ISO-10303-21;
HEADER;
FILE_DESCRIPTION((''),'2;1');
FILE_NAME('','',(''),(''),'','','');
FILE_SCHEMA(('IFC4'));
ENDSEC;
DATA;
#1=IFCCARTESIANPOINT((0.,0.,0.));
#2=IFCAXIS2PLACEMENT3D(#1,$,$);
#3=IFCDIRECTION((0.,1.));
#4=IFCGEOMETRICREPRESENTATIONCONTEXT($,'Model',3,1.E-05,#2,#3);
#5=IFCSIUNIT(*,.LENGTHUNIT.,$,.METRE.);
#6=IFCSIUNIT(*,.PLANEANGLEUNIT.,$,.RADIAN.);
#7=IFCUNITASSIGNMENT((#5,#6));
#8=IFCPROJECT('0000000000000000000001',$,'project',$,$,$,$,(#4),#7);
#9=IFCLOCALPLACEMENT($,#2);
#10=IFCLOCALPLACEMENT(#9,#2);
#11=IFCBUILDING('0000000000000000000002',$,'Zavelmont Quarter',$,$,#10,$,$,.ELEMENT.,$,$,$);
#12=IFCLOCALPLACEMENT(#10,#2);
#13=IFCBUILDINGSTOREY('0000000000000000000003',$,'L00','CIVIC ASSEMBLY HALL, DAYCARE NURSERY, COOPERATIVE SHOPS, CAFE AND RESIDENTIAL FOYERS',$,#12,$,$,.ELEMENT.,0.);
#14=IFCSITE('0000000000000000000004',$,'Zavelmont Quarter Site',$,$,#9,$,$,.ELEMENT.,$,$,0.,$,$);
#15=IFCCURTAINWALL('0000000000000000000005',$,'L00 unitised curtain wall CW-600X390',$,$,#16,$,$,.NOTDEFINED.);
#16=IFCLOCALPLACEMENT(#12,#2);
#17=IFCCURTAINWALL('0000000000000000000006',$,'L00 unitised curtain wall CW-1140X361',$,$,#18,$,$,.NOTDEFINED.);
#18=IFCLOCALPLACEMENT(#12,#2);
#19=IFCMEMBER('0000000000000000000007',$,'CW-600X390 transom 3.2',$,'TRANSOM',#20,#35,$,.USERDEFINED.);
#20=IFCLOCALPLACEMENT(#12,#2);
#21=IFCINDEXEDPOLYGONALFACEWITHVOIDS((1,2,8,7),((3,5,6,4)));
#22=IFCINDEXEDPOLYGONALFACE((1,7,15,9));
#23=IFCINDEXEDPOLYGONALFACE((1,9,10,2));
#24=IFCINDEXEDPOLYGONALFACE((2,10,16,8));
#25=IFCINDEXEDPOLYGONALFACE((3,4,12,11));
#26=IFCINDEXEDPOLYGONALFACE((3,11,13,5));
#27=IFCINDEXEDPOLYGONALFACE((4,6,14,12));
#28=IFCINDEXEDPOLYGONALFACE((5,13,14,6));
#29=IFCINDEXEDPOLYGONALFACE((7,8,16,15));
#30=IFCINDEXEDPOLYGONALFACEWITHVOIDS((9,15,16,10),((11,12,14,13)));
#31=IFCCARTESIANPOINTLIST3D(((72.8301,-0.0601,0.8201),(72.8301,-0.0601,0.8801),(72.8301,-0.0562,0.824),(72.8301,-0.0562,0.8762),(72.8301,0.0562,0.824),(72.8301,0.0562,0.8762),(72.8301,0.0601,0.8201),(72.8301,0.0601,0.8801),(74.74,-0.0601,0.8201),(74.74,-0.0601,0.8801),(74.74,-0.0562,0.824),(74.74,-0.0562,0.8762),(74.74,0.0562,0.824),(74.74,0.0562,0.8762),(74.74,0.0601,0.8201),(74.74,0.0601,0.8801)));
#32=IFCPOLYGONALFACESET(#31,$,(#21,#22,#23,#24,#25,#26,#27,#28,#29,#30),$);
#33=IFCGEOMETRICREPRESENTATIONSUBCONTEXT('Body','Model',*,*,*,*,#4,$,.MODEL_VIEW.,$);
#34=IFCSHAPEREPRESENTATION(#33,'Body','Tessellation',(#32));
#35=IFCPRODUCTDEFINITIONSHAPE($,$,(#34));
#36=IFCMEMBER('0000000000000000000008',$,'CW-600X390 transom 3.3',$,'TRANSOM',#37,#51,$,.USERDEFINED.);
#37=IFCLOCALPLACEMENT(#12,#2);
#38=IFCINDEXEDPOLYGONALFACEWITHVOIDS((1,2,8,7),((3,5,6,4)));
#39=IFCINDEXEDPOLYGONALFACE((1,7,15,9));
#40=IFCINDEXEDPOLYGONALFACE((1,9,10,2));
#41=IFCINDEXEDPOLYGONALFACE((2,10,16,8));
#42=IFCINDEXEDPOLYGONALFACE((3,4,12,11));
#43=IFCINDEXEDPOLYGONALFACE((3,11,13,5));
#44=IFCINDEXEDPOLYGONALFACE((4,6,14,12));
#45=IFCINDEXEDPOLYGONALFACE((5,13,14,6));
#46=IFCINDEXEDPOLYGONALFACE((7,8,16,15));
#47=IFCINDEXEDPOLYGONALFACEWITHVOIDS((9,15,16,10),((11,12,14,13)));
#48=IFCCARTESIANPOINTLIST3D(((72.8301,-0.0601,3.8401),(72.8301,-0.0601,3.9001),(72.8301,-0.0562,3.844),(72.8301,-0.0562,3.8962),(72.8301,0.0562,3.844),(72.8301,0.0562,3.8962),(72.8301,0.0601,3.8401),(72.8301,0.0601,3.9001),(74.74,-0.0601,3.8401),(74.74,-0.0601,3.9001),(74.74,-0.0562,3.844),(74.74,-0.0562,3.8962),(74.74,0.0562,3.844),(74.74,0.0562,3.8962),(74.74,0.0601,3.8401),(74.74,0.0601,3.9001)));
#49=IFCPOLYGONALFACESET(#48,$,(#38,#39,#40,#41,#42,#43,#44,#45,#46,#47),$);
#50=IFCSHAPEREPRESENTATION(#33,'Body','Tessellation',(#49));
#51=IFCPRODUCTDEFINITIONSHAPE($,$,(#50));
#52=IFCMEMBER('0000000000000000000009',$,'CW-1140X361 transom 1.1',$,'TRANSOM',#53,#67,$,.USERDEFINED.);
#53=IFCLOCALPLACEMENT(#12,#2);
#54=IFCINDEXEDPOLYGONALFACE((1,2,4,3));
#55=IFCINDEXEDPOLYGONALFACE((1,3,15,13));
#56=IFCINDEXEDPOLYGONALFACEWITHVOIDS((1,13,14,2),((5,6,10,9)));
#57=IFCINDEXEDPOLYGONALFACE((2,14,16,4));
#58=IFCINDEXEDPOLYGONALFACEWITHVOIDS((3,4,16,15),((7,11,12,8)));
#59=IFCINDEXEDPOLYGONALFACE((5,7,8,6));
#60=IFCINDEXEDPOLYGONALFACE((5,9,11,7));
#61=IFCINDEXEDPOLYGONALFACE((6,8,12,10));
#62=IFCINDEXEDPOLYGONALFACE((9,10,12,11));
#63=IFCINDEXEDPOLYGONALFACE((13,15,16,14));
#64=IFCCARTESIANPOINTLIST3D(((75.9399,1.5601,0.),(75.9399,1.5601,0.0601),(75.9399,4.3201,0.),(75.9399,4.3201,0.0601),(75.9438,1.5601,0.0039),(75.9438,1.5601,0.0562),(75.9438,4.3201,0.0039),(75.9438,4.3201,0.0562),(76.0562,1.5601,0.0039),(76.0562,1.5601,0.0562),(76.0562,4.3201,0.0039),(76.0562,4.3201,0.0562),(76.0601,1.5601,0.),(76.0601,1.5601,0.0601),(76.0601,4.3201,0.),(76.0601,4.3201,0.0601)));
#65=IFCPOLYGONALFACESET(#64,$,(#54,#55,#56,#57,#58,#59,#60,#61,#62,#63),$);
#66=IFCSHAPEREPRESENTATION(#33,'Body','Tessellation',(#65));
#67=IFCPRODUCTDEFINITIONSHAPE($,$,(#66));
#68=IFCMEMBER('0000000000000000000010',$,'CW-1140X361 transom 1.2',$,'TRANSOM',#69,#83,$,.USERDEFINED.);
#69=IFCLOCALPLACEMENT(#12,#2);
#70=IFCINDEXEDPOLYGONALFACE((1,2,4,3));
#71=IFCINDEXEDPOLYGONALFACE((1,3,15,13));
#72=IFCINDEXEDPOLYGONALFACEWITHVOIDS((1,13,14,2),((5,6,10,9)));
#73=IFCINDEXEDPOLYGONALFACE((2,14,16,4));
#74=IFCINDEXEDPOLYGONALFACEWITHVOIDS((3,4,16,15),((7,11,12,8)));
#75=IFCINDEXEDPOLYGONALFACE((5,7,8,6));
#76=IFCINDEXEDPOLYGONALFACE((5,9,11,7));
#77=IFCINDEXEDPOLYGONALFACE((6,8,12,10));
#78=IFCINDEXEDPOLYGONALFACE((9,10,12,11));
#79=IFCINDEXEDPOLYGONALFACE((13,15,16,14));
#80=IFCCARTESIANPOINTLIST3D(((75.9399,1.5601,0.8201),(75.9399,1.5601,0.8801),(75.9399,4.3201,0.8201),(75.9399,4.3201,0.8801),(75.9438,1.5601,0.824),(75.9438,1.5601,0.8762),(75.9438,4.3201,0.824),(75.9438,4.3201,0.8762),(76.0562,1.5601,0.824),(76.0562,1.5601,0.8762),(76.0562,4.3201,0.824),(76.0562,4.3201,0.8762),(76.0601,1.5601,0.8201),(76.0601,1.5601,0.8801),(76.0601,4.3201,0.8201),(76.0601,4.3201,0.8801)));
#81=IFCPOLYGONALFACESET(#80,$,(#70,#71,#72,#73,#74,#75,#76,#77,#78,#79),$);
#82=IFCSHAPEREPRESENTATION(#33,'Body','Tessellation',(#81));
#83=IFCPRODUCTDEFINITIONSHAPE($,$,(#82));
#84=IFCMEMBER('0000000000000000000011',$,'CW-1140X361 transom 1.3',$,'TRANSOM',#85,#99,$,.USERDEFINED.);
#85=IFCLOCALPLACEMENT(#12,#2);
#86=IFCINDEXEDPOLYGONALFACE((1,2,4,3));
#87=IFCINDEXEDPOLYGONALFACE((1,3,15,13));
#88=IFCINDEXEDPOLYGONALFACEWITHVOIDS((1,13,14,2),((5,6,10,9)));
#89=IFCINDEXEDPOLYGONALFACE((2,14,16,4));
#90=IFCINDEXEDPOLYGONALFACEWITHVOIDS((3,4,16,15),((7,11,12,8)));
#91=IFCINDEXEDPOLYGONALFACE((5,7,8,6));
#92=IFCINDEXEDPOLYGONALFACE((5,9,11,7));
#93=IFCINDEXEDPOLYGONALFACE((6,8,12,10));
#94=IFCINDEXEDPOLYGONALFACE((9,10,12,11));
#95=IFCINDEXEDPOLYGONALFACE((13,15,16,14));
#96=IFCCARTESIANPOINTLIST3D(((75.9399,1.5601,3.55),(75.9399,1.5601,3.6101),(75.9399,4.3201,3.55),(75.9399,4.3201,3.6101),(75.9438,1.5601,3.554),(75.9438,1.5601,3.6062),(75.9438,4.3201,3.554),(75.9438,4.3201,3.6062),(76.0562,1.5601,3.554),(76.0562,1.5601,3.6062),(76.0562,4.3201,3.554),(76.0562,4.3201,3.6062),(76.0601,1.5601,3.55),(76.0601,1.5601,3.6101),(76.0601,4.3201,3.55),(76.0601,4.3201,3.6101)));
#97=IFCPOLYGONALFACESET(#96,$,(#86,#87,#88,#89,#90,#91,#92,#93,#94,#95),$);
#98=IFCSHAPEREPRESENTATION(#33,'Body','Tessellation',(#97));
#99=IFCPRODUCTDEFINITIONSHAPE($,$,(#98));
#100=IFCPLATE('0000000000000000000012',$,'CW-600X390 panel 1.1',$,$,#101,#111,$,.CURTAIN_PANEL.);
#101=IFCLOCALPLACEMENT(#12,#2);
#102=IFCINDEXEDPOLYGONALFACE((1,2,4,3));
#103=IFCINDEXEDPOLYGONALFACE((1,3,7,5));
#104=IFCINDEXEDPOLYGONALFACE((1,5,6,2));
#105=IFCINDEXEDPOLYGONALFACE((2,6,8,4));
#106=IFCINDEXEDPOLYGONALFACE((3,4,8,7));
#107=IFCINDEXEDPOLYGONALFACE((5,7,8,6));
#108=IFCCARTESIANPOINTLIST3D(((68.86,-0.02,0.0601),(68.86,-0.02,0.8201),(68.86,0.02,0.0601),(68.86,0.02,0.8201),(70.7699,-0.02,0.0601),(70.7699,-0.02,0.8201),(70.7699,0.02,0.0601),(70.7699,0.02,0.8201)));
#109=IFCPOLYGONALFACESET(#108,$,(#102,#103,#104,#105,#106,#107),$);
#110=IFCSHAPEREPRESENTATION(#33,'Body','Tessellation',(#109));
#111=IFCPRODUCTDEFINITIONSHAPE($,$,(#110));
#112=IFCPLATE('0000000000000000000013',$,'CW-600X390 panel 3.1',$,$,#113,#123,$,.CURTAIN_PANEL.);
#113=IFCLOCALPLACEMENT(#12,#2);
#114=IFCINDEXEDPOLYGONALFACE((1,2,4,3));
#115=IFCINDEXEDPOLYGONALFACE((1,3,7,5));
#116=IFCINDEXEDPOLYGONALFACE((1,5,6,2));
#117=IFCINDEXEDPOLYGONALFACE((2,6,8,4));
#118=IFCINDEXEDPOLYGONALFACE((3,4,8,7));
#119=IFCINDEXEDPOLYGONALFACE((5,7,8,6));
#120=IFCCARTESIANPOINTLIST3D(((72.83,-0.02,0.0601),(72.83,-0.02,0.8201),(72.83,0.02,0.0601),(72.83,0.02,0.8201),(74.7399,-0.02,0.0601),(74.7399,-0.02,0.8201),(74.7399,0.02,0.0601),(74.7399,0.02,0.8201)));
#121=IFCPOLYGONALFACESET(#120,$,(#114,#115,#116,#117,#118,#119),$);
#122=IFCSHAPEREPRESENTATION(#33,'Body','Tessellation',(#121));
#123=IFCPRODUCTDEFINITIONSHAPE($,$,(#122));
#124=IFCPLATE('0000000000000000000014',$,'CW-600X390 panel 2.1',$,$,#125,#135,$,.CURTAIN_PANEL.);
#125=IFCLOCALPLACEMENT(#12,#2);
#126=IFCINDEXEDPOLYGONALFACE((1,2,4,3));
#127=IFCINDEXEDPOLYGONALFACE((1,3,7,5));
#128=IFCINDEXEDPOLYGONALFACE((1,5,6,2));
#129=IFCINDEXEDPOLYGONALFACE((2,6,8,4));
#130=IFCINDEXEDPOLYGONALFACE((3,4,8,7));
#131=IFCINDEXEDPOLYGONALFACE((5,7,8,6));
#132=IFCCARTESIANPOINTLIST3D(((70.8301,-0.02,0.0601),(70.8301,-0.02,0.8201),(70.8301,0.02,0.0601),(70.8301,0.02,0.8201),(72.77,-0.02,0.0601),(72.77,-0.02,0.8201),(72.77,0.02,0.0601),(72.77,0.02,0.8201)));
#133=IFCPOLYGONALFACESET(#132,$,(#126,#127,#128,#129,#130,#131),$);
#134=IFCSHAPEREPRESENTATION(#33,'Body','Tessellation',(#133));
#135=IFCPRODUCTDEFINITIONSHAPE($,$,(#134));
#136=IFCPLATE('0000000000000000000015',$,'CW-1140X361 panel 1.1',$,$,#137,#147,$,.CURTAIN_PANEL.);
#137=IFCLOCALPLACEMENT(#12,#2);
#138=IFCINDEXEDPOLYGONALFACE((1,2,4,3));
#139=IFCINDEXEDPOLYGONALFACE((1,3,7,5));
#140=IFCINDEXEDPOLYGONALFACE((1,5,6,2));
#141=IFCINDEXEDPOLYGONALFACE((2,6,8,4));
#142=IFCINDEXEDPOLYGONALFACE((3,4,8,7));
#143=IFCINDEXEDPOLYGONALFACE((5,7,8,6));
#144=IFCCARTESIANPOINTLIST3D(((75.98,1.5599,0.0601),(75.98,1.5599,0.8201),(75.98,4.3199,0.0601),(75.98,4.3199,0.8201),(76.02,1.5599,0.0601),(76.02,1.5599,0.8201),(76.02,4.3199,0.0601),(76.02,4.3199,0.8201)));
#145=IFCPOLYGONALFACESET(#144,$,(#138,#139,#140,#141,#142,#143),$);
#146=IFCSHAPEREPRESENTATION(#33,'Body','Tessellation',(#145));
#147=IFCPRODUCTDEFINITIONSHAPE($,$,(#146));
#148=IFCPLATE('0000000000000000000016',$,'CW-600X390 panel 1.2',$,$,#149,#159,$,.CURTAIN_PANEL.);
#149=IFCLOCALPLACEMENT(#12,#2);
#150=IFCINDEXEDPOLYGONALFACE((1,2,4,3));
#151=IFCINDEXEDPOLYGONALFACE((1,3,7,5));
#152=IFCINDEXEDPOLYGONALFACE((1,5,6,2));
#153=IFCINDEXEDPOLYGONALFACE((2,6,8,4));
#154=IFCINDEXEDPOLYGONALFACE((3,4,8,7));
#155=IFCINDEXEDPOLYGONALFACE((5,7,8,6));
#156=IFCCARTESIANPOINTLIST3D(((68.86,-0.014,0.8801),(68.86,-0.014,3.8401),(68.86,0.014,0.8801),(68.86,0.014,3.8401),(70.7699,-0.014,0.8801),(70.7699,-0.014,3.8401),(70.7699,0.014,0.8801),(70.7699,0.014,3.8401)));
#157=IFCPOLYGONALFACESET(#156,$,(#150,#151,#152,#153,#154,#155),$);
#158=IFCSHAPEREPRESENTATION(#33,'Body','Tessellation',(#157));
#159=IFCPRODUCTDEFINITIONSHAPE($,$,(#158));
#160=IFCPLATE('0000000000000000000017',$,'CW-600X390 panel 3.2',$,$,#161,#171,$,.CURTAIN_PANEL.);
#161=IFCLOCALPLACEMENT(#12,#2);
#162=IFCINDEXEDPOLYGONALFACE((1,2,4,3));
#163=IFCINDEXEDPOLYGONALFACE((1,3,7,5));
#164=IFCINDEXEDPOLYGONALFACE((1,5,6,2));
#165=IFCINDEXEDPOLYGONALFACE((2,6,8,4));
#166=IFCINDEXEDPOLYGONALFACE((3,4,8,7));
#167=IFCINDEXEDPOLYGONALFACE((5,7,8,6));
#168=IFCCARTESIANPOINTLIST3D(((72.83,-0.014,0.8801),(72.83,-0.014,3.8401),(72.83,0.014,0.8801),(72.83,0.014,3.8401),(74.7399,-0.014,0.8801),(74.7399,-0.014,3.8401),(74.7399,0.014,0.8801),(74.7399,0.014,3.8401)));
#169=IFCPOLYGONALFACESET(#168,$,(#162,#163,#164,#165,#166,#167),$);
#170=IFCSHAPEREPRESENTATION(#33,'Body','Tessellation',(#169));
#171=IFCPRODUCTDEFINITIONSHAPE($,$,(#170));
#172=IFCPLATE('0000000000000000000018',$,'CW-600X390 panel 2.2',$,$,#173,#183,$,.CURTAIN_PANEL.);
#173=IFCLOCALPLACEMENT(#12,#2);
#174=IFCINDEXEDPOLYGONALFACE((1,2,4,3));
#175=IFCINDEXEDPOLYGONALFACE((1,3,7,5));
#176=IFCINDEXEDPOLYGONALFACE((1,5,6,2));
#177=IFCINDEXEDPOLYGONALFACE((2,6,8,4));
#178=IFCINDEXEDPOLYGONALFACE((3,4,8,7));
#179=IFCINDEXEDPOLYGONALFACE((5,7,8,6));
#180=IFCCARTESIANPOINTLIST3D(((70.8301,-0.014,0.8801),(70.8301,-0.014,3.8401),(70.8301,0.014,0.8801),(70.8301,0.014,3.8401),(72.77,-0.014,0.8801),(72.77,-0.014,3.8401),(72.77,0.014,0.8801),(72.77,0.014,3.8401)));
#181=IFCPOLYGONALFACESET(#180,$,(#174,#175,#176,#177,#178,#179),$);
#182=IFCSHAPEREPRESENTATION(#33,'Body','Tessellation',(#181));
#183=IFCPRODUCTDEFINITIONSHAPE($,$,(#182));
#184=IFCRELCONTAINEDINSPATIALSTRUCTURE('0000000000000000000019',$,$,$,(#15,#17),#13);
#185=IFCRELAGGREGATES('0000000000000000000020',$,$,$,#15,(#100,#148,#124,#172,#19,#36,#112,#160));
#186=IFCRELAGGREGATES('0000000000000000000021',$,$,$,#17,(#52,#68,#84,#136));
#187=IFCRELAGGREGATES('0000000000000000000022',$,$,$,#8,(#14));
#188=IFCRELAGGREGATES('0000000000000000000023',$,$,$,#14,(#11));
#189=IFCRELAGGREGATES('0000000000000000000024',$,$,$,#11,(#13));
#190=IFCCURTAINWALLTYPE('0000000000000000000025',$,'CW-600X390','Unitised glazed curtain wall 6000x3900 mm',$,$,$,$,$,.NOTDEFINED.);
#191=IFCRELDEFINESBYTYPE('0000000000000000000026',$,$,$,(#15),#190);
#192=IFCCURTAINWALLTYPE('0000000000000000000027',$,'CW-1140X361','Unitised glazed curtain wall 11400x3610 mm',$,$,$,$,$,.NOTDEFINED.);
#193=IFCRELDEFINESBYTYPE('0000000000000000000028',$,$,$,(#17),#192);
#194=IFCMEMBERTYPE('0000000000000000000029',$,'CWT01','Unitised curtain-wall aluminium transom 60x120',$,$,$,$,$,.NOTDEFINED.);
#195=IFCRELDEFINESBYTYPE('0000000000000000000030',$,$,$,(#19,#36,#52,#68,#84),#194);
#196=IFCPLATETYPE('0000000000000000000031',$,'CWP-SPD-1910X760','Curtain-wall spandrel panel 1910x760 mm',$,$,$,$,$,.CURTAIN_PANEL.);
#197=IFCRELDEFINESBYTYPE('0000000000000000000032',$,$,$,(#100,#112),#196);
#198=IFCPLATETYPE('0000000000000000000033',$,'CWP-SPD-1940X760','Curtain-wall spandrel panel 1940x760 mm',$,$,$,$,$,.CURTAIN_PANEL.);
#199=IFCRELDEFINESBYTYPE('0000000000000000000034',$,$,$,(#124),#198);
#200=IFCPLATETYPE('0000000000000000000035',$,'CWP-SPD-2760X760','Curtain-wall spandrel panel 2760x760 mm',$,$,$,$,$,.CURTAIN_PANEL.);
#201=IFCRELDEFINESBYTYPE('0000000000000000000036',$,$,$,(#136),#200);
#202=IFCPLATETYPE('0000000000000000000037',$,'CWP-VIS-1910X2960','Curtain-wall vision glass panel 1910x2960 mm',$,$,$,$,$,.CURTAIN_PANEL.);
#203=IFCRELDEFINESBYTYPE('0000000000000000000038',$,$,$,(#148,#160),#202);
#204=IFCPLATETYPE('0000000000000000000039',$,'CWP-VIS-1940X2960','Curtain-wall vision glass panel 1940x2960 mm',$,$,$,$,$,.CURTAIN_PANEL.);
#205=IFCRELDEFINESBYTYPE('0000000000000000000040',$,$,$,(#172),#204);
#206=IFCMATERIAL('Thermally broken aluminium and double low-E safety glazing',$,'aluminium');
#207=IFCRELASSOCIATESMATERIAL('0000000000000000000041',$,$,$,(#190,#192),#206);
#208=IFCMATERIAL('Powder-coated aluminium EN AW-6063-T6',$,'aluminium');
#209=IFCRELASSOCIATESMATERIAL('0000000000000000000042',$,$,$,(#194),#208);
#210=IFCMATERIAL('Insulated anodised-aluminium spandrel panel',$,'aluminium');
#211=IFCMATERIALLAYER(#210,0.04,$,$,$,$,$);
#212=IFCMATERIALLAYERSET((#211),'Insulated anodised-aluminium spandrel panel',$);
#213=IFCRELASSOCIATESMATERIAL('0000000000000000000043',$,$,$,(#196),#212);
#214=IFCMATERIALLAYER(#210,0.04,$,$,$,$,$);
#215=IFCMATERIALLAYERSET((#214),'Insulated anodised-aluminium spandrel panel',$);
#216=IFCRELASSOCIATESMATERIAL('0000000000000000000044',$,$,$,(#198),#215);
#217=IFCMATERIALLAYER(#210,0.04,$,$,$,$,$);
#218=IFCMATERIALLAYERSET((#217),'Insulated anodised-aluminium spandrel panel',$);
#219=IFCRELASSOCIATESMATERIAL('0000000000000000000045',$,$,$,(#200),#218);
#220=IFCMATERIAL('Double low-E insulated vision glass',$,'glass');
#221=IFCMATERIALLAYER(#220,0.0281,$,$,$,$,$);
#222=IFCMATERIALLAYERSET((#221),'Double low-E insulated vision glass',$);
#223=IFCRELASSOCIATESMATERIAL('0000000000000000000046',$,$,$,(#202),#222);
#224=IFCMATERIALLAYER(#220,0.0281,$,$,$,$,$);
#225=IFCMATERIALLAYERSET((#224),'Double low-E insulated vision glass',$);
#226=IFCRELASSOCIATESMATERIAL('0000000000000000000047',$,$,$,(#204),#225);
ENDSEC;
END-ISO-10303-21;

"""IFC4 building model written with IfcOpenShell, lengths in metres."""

from ifc_helpers import new_model, si_unit, direction, frame, origin, origin_2d, place, context, subcontext, project, spatial, rectangle, hollow_rectangle, extrude, material, layer, layer_set, material_profile, profile_set, type_object, element, aggregate, save


model = new_model("IFC4")

# Units and contexts
model_context = context("Model", 3, precision=1e-05, world=origin(), true_north=direction((0.0, 1.0)))
body_context = subcontext(model_context, "Body", "Model", "MODEL_VIEW")
ifc_project = project(units=[si_unit("LENGTHUNIT", "METRE"), si_unit("PLANEANGLEUNIT", "RADIAN")], contexts=[model_context])

# Site, building, storey
site_placement = place(None, origin())
site = spatial("IfcSite", under=ifc_project, at=site_placement, Name="Zavelmont Quarter Site", CompositionType="ELEMENT", RefElevation=0.0)
building_placement = place(site_placement, origin())
building = spatial("IfcBuilding", under=site, at=building_placement, Name="Zavelmont Quarter", CompositionType="ELEMENT")
storey_placement = place(building_placement, origin())
storey = spatial("IfcBuildingStorey", under=building, at=storey_placement, Name="L00", Description="CIVIC ASSEMBLY HALL, DAYCARE NURSERY, COOPERATIVE SHOPS, CAFE AND RESIDENTIAL FOYERS", CompositionType="ELEMENT", Elevation=0.0)

# Curtain wall
ifc_material_1 = material(Name="Thermally broken aluminium and double low-E safety glazing", Category="aluminium")
curtain_wall_type_1 = type_object("IfcCurtainWallType", Name="CW-600X390", Description="Unitised glazed curtain wall 6000x3900 mm", PredefinedType="NOTDEFINED", material=ifc_material_1)
curtain_wall_1_placement = place(storey_placement, origin())
curtain_wall_1 = element("IfcCurtainWall", 1, at=curtain_wall_1_placement, inside=storey, type_object=curtain_wall_type_1, Name="L00 unitised curtain wall CW-600X390", PredefinedType="NOTDEFINED")
ifc_material_2 = material(Name="Powder-coated aluminium EN AW-6063-T6", Category="aluminium")

# Curtain wall
curtain_wall_type_2 = type_object("IfcCurtainWallType", Name="CW-1140X361", Description="Unitised glazed curtain wall 11400x3610 mm", PredefinedType="NOTDEFINED", material=ifc_material_1)
curtain_wall_2_placement = place(storey_placement, origin())
curtain_wall_2 = element("IfcCurtainWall", 2, at=curtain_wall_2_placement, inside=storey, type_object=curtain_wall_type_2, Name="L00 unitised curtain wall CW-1140X361", PredefinedType="NOTDEFINED")

# Members
ifc_material_profile_1 = material_profile(ifc_material_2, hollow_rectangle(XDim=0.1201, YDim=0.0601, WallThickness=0.0039, at=origin_2d()), Name="CWT60X120")
ifc_profile_set_1 = profile_set([ifc_material_profile_1], Name="Powder-coated aluminium EN AW-6063-T6")
member_type_1 = type_object("IfcMemberType", Name="CWT01", Description="Unitised curtain-wall aluminium transom 60x120", PredefinedType="NOTDEFINED", material=ifc_profile_set_1)
member_1_placement = place(storey_placement, frame((72.8301, 0.0, 0.8501), z_axis=(1.0, 0.0, 0.0), x_axis=(0.0, 1.0, 0.0)))
member_1 = element("IfcMember", 3, at=member_1_placement, type_object=member_type_1, Name="CW-600X390 transom 3.2", ObjectType="TRANSOM", PredefinedType="USERDEFINED", context=body_context, shape_type="SweptSolid", body=[
    extrude(hollow_rectangle(XDim=0.1201, YDim=0.0601, WallThickness=0.0039, at=origin_2d()), origin(), (0.0, 0.0, 1.0), 1.9099),
])
member_2_placement = place(storey_placement, frame((72.8301, 0.0, 3.8701), z_axis=(1.0, 0.0, 0.0), x_axis=(0.0, 1.0, 0.0)))
member_2 = element("IfcMember", 4, at=member_2_placement, type_object=member_type_1, Name="CW-600X390 transom 3.3", ObjectType="TRANSOM", PredefinedType="USERDEFINED", context=body_context, shape_type="SweptSolid", body=[
    extrude(hollow_rectangle(XDim=0.1201, YDim=0.0601, WallThickness=0.0039, at=origin_2d()), origin(), (0.0, 0.0, 1.0), 1.9099),
])
member_3_placement = place(storey_placement, frame((76.0, 1.5601, 0.03), z_axis=(0.0, 1.0, 0.0), x_axis=(-1.0, 0.0, 0.0)))
member_3 = element("IfcMember", 5, at=member_3_placement, type_object=member_type_1, Name="CW-1140X361 transom 1.1", ObjectType="TRANSOM", PredefinedType="USERDEFINED", context=body_context, shape_type="SweptSolid", body=[
    extrude(hollow_rectangle(XDim=0.1201, YDim=0.0601, WallThickness=0.0039, at=origin_2d()), origin(), (0.0, 0.0, 1.0), 2.76),
])
member_4_placement = place(storey_placement, frame((76.0, 1.5601, 0.8501), z_axis=(0.0, 1.0, 0.0), x_axis=(-1.0, 0.0, 0.0)))
member_4 = element("IfcMember", 6, at=member_4_placement, type_object=member_type_1, Name="CW-1140X361 transom 1.2", ObjectType="TRANSOM", PredefinedType="USERDEFINED", context=body_context, shape_type="SweptSolid", body=[
    extrude(hollow_rectangle(XDim=0.1201, YDim=0.0601, WallThickness=0.0039, at=origin_2d()), origin(), (0.0, 0.0, 1.0), 2.76),
])
member_5_placement = place(storey_placement, frame((76.0, 1.5601, 3.5801), z_axis=(0.0, 1.0, 0.0), x_axis=(-1.0, 0.0, 0.0)))
member_5 = element("IfcMember", 7, at=member_5_placement, type_object=member_type_1, Name="CW-1140X361 transom 1.3", ObjectType="TRANSOM", PredefinedType="USERDEFINED", context=body_context, shape_type="SweptSolid", body=[
    extrude(hollow_rectangle(XDim=0.1201, YDim=0.0601, WallThickness=0.0039, at=origin_2d()), origin(), (0.0, 0.0, 1.0), 2.76),
])

# Plates
ifc_material_3 = material(Name="Insulated anodised-aluminium spandrel panel", Category="aluminium")
ifc_layer_1 = layer(ifc_material_3, 0.04)
ifc_layer_set_1 = layer_set([ifc_layer_1], Name="Insulated anodised-aluminium spandrel panel")
plate_type_1 = type_object("IfcPlateType", Name="CWP-SPD-1910X760", Description="Curtain-wall spandrel panel 1910x760 mm", PredefinedType="CURTAIN_PANEL", material=ifc_layer_set_1)
plate_1_placement = place(storey_placement, frame((69.8149, 0.0, 0.0601), z_axis=(0.0, 0.0, 1.0), x_axis=(1.0, 0.0, 0.0)))
plate_1 = element("IfcPlate", 8, at=plate_1_placement, type_object=plate_type_1, Name="CW-600X390 panel 1.1", PredefinedType="CURTAIN_PANEL", context=body_context, shape_type="SweptSolid", body=[
    extrude(rectangle(XDim=1.9099, YDim=0.04, at=origin_2d()), origin(), (0.0, 0.0, 1.0), 0.76),
])
plate_2_placement = place(storey_placement, frame((73.7849, 0.0, 0.0601), z_axis=(0.0, 0.0, 1.0), x_axis=(1.0, 0.0, 0.0)))
plate_2 = element("IfcPlate", 9, at=plate_2_placement, type_object=plate_type_1, Name="CW-600X390 panel 3.1", PredefinedType="CURTAIN_PANEL", context=body_context, shape_type="SweptSolid", body=[
    extrude(rectangle(XDim=1.9099, YDim=0.04, at=origin_2d()), origin(), (0.0, 0.0, 1.0), 0.76),
])
ifc_layer_2 = layer(ifc_material_3, 0.04)
ifc_layer_set_2 = layer_set([ifc_layer_2], Name="Insulated anodised-aluminium spandrel panel")
plate_type_2 = type_object("IfcPlateType", Name="CWP-SPD-1940X760", Description="Curtain-wall spandrel panel 1940x760 mm", PredefinedType="CURTAIN_PANEL", material=ifc_layer_set_2)
plate_3_placement = place(storey_placement, frame((71.8, 0.0, 0.0601), z_axis=(0.0, 0.0, 1.0), x_axis=(1.0, 0.0, 0.0)))
plate_3 = element("IfcPlate", 10, at=plate_3_placement, type_object=plate_type_2, Name="CW-600X390 panel 2.1", PredefinedType="CURTAIN_PANEL", context=body_context, shape_type="SweptSolid", body=[
    extrude(rectangle(XDim=1.9399, YDim=0.04, at=origin_2d()), origin(), (0.0, 0.0, 1.0), 0.76),
])
ifc_layer_3 = layer(ifc_material_3, 0.04)
ifc_layer_set_3 = layer_set([ifc_layer_3], Name="Insulated anodised-aluminium spandrel panel")
plate_type_3 = type_object("IfcPlateType", Name="CWP-SPD-2760X760", Description="Curtain-wall spandrel panel 2760x760 mm", PredefinedType="CURTAIN_PANEL", material=ifc_layer_set_3)
plate_4_placement = place(storey_placement, frame((76.0, 2.9399, 0.0601), z_axis=(0.0, 0.0, 1.0), x_axis=(0.0, 1.0, 0.0)))
plate_4 = element("IfcPlate", 11, at=plate_4_placement, type_object=plate_type_3, Name="CW-1140X361 panel 1.1", PredefinedType="CURTAIN_PANEL", context=body_context, shape_type="SweptSolid", body=[
    extrude(rectangle(XDim=2.76, YDim=0.04, at=origin_2d()), origin(), (0.0, 0.0, 1.0), 0.76),
])
ifc_material_4 = material(Name="Double low-E insulated vision glass", Category="glass")
ifc_layer_4 = layer(ifc_material_4, 0.0281)
ifc_layer_set_4 = layer_set([ifc_layer_4], Name="Double low-E insulated vision glass")
plate_type_4 = type_object("IfcPlateType", Name="CWP-VIS-1910X2960", Description="Curtain-wall vision glass panel 1910x2960 mm", PredefinedType="CURTAIN_PANEL", material=ifc_layer_set_4)
plate_5_placement = place(storey_placement, frame((69.8149, 0.0, 0.8801), z_axis=(0.0, 0.0, 1.0), x_axis=(1.0, 0.0, 0.0)))
plate_5 = element("IfcPlate", 12, at=plate_5_placement, type_object=plate_type_4, Name="CW-600X390 panel 1.2", PredefinedType="CURTAIN_PANEL", context=body_context, shape_type="SweptSolid", body=[
    extrude(rectangle(XDim=1.9099, YDim=0.0281, at=origin_2d()), origin(), (0.0, 0.0, 1.0), 2.96),
])
plate_6_placement = place(storey_placement, frame((73.7849, 0.0, 0.8801), z_axis=(0.0, 0.0, 1.0), x_axis=(1.0, 0.0, 0.0)))
plate_6 = element("IfcPlate", 13, at=plate_6_placement, type_object=plate_type_4, Name="CW-600X390 panel 3.2", PredefinedType="CURTAIN_PANEL", context=body_context, shape_type="SweptSolid", body=[
    extrude(rectangle(XDim=1.9099, YDim=0.0281, at=origin_2d()), origin(), (0.0, 0.0, 1.0), 2.96),
])
ifc_layer_5 = layer(ifc_material_4, 0.0281)
ifc_layer_set_5 = layer_set([ifc_layer_5], Name="Double low-E insulated vision glass")
plate_type_5 = type_object("IfcPlateType", Name="CWP-VIS-1940X2960", Description="Curtain-wall vision glass panel 1940x2960 mm", PredefinedType="CURTAIN_PANEL", material=ifc_layer_set_5)
plate_7_placement = place(storey_placement, frame((71.8, 0.0, 0.8801), z_axis=(0.0, 0.0, 1.0), x_axis=(1.0, 0.0, 0.0)))
plate_7 = element("IfcPlate", 14, at=plate_7_placement, type_object=plate_type_5, Name="CW-600X390 panel 2.2", PredefinedType="CURTAIN_PANEL", context=body_context, shape_type="SweptSolid", body=[
    extrude(rectangle(XDim=1.9399, YDim=0.0281, at=origin_2d()), origin(), (0.0, 0.0, 1.0), 2.96),
])
aggregate(curtain_wall_1, [plate_1, plate_5, plate_3, plate_7, member_1, member_2, plate_2, plate_6])
aggregate(curtain_wall_2, [member_3, member_4, member_5, plate_4])

save(model, "model.ifc")
